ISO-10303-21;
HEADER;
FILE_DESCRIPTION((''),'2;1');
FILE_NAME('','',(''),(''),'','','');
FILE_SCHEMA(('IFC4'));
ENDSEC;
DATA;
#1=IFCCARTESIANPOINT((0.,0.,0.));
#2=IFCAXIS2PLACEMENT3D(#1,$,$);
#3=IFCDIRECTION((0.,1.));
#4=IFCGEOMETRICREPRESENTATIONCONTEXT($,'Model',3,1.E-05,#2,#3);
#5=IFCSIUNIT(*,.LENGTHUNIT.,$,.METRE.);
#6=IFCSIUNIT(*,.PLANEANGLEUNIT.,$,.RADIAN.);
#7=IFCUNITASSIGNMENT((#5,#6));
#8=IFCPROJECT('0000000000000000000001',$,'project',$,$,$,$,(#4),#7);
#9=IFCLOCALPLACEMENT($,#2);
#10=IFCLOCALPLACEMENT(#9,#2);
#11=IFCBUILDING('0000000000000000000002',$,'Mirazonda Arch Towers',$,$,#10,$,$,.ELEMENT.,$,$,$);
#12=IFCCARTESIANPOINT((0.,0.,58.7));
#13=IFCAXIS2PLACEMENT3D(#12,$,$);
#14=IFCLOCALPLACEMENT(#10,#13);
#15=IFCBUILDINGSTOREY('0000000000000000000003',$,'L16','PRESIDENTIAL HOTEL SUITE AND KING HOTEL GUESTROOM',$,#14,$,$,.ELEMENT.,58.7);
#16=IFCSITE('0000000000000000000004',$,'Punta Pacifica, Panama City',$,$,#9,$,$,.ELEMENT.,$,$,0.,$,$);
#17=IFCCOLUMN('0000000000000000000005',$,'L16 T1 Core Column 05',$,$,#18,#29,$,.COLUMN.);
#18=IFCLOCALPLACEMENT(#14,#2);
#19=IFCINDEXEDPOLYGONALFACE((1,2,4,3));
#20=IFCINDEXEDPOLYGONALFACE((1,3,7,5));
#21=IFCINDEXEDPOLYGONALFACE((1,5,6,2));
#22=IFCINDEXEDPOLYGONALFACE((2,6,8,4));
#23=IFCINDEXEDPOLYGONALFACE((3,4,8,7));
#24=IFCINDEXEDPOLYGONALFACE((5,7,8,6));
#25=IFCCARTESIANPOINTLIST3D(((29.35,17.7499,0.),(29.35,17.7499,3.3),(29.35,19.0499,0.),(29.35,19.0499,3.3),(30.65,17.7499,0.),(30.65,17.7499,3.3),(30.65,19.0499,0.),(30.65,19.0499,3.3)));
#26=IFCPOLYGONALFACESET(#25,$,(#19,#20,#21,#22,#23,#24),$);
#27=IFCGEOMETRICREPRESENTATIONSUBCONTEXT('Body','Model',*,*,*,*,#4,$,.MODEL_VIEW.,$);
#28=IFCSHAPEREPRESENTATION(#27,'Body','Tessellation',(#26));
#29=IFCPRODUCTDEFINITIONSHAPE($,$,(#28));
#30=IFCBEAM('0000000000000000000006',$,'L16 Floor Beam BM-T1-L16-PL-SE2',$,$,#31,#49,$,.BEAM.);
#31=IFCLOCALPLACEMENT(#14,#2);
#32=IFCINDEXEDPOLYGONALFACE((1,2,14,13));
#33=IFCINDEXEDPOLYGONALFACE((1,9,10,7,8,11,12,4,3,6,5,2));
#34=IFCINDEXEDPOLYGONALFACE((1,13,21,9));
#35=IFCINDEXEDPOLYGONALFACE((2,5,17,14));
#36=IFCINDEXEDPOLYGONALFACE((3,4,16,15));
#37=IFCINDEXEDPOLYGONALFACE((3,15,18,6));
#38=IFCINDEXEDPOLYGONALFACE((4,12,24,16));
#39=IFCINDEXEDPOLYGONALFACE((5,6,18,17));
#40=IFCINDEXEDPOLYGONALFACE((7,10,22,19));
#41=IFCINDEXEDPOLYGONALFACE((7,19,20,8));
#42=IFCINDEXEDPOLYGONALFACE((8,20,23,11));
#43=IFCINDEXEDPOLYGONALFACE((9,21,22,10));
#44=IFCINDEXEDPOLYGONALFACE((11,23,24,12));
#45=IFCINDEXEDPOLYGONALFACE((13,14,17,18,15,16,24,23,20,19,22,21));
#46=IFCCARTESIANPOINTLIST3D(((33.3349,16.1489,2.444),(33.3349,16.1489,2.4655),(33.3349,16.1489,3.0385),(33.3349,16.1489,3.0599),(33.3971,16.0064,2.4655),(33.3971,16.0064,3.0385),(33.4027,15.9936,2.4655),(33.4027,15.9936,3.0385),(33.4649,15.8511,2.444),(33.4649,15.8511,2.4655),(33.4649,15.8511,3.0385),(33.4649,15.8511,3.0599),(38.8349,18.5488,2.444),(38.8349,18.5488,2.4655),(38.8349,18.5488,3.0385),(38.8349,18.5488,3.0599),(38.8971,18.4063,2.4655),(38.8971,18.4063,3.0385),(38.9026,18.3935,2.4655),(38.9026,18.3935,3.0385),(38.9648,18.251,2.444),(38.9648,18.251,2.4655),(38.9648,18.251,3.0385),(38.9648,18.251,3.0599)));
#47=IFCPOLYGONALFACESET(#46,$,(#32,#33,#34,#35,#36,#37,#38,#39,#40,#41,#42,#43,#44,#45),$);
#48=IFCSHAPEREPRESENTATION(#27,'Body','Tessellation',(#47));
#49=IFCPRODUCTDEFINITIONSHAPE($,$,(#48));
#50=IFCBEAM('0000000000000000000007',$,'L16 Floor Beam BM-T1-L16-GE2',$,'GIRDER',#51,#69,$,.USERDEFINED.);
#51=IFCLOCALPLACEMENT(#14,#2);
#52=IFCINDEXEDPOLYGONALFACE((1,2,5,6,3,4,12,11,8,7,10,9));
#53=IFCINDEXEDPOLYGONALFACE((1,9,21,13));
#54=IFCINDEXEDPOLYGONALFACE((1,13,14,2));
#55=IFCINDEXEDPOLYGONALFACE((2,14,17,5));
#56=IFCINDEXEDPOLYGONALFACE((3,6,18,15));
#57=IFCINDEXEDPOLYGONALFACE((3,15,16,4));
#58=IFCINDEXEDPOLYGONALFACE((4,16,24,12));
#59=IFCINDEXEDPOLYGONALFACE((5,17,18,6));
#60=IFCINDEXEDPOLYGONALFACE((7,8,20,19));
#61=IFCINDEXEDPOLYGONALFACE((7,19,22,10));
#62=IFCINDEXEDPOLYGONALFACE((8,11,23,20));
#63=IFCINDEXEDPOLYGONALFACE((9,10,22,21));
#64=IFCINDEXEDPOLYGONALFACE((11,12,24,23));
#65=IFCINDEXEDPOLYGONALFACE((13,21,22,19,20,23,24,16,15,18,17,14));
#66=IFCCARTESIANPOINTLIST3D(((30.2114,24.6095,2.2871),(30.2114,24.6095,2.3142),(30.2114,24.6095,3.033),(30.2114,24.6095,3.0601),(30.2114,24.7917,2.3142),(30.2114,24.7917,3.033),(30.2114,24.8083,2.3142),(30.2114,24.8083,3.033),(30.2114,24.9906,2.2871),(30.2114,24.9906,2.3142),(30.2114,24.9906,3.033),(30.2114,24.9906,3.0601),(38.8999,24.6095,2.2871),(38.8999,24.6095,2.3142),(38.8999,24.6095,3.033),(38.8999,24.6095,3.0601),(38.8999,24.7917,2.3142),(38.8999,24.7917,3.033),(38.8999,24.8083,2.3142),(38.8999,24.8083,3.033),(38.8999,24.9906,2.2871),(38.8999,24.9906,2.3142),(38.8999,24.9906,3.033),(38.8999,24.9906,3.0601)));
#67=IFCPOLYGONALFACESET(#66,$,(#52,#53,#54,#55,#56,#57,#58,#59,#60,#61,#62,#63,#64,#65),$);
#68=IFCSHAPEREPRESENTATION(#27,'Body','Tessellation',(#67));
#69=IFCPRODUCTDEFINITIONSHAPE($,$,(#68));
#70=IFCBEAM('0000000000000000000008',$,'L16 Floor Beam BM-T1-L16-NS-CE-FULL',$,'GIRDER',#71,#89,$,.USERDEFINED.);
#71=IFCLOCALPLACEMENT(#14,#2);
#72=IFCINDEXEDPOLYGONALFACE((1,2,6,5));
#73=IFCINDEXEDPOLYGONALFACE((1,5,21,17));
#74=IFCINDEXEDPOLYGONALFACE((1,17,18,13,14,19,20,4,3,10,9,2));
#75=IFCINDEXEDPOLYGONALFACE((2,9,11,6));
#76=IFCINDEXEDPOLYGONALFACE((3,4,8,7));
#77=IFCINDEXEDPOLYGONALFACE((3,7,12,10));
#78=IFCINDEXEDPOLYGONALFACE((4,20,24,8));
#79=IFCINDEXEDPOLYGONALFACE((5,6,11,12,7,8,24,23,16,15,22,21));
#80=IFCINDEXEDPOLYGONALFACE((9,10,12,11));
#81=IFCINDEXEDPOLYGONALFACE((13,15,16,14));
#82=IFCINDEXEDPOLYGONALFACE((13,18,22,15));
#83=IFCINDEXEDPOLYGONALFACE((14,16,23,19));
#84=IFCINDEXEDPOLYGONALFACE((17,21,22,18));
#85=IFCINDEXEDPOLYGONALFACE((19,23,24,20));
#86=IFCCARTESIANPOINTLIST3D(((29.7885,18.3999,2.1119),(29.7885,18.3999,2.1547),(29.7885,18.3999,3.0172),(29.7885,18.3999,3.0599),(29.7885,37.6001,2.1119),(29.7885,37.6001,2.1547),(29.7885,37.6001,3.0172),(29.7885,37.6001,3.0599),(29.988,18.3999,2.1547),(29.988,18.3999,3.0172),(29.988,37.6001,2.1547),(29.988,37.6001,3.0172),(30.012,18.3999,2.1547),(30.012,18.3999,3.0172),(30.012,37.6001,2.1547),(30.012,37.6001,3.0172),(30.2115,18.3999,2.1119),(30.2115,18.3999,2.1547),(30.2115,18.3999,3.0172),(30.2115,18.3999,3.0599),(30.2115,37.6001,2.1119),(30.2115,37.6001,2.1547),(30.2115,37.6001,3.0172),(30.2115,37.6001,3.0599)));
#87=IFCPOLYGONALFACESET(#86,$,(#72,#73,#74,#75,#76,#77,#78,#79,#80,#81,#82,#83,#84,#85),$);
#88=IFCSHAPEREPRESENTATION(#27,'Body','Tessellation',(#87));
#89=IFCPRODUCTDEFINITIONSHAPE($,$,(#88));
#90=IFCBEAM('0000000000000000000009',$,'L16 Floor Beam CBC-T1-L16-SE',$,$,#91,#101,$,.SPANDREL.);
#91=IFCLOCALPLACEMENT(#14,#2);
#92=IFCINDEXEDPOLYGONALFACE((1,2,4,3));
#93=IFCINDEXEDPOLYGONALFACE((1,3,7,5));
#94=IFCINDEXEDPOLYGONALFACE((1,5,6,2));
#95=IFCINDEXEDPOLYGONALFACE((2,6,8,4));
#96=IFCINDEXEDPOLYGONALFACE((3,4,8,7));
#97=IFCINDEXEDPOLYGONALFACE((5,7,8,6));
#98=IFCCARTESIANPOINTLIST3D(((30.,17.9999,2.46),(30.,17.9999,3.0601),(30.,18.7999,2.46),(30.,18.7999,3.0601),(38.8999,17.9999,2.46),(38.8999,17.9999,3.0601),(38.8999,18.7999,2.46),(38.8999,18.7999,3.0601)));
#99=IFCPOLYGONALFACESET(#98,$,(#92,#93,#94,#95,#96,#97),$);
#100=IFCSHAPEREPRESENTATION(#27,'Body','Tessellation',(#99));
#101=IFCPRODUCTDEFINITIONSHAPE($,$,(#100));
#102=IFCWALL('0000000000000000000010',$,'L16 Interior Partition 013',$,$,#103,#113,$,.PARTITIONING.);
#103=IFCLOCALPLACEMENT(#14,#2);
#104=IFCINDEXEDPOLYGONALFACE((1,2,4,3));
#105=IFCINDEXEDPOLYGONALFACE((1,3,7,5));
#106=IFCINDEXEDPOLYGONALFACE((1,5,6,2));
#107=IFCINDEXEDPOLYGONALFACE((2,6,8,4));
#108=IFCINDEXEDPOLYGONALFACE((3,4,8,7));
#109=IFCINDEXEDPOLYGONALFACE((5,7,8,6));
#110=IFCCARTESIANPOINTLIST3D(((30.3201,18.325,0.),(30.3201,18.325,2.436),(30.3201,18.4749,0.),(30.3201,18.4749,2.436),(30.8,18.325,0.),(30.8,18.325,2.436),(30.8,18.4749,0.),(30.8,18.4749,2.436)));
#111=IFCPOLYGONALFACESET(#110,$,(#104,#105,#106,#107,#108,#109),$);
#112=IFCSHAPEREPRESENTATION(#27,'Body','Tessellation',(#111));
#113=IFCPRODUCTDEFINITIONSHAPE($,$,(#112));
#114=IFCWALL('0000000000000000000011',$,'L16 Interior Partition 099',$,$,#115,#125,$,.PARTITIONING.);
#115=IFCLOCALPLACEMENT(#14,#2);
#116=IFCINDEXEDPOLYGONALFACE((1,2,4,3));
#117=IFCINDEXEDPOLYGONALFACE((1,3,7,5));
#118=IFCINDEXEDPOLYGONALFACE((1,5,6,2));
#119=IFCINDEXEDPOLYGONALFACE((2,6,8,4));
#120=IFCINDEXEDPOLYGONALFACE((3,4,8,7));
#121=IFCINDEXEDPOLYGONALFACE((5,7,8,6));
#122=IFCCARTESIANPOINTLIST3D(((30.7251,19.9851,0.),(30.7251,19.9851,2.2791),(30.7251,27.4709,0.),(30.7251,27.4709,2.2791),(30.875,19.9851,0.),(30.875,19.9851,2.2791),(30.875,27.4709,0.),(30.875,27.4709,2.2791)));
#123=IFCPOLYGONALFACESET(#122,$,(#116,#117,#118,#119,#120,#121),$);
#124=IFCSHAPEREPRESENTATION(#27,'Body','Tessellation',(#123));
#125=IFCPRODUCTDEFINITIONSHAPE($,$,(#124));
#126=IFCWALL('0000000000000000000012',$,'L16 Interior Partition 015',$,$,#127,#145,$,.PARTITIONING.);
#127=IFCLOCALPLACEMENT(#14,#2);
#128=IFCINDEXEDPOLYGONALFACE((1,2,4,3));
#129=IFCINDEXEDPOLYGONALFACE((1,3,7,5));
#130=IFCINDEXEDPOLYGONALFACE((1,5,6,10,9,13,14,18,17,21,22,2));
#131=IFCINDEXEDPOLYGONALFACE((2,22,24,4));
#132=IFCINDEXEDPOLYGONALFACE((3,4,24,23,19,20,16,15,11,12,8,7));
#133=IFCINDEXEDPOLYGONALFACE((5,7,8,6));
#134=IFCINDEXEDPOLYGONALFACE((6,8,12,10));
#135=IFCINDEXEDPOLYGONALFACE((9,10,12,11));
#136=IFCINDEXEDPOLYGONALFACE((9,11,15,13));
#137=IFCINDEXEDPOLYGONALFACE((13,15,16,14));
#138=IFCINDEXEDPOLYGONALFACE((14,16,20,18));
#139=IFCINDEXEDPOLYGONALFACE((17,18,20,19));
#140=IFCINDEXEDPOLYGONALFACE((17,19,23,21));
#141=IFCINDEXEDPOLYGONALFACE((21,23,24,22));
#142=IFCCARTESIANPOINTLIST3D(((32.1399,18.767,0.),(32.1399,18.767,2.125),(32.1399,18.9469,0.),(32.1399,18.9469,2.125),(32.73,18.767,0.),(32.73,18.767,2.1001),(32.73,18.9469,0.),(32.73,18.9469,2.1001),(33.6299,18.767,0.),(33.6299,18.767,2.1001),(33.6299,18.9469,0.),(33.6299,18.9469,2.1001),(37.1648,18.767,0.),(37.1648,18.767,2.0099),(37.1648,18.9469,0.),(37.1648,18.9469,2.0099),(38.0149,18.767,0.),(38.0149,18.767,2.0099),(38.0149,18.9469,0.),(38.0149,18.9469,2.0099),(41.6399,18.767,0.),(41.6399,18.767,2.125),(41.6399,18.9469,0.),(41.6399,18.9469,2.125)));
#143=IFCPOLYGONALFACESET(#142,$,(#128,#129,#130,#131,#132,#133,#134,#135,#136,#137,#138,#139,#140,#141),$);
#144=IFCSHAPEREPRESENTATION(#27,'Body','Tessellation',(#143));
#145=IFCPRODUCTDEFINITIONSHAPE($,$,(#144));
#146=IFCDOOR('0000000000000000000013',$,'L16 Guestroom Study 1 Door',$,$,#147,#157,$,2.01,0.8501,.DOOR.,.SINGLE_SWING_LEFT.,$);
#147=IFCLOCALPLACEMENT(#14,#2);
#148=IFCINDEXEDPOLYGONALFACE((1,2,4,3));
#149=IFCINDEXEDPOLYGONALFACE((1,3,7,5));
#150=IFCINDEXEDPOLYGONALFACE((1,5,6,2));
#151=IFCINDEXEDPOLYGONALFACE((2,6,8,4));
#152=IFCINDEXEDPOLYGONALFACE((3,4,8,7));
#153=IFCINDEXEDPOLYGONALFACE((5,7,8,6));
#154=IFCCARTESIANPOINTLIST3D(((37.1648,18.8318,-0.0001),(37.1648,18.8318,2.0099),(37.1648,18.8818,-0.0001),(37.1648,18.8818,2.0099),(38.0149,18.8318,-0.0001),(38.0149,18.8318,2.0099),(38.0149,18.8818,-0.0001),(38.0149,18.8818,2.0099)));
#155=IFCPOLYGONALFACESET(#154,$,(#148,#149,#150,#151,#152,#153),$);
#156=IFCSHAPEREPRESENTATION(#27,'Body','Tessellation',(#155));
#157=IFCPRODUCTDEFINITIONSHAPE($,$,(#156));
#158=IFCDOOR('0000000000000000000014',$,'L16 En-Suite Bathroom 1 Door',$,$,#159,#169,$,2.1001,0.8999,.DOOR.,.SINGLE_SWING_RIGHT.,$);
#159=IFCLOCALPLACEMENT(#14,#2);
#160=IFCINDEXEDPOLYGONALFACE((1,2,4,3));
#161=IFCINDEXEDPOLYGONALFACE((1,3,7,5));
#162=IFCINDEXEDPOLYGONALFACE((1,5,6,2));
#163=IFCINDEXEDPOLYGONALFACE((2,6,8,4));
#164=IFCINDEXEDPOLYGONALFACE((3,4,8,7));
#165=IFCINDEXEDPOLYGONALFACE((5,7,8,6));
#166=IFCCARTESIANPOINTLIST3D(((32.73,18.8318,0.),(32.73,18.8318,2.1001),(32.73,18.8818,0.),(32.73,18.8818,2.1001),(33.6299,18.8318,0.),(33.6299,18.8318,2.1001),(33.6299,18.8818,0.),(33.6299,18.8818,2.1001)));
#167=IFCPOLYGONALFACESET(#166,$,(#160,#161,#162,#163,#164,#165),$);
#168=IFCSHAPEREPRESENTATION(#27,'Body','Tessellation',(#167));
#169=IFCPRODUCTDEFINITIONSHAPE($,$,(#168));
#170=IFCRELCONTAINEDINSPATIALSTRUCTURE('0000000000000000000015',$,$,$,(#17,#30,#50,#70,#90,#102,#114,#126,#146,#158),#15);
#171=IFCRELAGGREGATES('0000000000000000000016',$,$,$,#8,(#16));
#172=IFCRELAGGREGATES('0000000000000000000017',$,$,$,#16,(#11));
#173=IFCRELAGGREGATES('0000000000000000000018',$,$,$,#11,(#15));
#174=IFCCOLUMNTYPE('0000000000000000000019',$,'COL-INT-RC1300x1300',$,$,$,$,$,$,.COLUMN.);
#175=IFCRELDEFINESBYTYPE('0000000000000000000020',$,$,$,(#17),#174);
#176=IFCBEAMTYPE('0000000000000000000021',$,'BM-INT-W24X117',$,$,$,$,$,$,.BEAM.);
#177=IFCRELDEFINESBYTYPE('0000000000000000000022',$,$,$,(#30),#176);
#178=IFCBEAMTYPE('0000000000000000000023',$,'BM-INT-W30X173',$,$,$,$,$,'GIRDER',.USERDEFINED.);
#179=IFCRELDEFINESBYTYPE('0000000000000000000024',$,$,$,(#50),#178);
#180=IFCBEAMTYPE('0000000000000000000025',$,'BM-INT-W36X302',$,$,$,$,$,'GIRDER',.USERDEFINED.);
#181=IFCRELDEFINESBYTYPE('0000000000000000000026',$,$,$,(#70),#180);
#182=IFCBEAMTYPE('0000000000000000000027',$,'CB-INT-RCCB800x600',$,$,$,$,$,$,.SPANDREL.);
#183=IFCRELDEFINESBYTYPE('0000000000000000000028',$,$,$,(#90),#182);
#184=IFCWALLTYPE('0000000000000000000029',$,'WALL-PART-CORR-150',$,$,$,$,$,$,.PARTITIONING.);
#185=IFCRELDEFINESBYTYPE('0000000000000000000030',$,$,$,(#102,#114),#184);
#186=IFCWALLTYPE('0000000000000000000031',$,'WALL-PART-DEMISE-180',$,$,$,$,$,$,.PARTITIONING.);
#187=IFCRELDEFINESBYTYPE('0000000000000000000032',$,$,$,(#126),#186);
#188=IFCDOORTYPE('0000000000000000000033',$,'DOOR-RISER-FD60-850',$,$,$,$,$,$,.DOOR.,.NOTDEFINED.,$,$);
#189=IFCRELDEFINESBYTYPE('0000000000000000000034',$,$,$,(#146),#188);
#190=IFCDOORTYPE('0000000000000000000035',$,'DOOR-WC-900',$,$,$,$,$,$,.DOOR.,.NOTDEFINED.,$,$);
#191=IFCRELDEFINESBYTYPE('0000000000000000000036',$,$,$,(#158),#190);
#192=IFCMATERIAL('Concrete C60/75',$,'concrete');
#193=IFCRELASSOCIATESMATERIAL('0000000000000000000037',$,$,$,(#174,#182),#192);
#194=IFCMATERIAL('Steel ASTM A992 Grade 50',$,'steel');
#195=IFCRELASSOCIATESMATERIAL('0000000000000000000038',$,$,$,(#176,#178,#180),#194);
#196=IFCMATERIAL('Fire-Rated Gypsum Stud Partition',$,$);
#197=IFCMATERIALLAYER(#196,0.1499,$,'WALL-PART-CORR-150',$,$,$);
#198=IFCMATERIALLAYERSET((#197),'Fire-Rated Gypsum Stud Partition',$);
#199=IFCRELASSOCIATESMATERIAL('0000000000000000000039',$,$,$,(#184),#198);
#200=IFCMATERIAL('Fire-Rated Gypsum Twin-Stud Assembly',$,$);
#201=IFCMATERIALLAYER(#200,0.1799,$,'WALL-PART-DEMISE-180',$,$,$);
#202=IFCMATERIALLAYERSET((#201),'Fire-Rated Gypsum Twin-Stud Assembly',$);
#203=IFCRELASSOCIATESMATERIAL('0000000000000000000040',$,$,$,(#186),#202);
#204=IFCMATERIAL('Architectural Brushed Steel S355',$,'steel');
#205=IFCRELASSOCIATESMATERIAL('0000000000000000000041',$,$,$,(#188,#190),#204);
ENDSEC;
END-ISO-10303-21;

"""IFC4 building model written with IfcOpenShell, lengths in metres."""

from ifc_helpers import new_model, si_unit, direction, frame, frame_2d, origin, origin_2d, place, context, subcontext, project, spatial, rectangle, i_section, extrude, material, layer, layer_set, material_profile, profile_set, type_object, element, fill, save


model = new_model("IFC4")

# Units and contexts
model_context = context("Model", 3, precision=1e-05, world=origin(), true_north=direction((0.0, 1.0)))
body_context = subcontext(model_context, "Body", "Model", "MODEL_VIEW")
ifc_project = project(units=[si_unit("LENGTHUNIT", "METRE"), si_unit("PLANEANGLEUNIT", "RADIAN")], contexts=[model_context])

# Site, building, storey
site_placement = place(None, origin())
site = spatial("IfcSite", under=ifc_project, at=site_placement, Name="Punta Pacifica, Panama City", CompositionType="ELEMENT", RefElevation=0.0)
building_placement = place(site_placement, origin())
building = spatial("IfcBuilding", under=site, at=building_placement, Name="Mirazonda Arch Towers", CompositionType="ELEMENT")
storey_placement = place(building_placement, frame((0.0, 0.0, 58.7)))
storey = spatial("IfcBuildingStorey", under=building, at=storey_placement, Name="L16", Description="PRESIDENTIAL HOTEL SUITE AND KING HOTEL GUESTROOM", CompositionType="ELEMENT", Elevation=58.7)

# Column
ifc_material_1 = material(Name="Concrete C60/75", Category="concrete")
ifc_material_profile_1 = material_profile(ifc_material_1, rectangle(XDim=1.3, YDim=1.3, at=origin_2d()), Name="RC1300x1300")
ifc_profile_set_1 = profile_set([ifc_material_profile_1], Name="Concrete C60/75")
column_type = type_object("IfcColumnType", Name="COL-INT-RC1300x1300", PredefinedType="COLUMN", material=ifc_profile_set_1)
column_placement = place(storey_placement, frame((30.0, 18.3999, 0.0), z_axis=(0.0, 0.0, 1.0), x_axis=(1.0, 0.0, 0.0)))
element("IfcColumn", 1, at=column_placement, inside=storey, type_object=column_type, Name="L16 T1 Core Column 05", PredefinedType="COLUMN", context=body_context, shape_type="SweptSolid", body=[
    extrude(rectangle(XDim=1.3, YDim=1.3, at=origin_2d()), origin(), (0.0, 0.0, 1.0), 3.3),
])

# Beams
ifc_material_2 = material(Name="Steel ASTM A992 Grade 50", Category="steel")
ifc_material_profile_2 = material_profile(ifc_material_2, i_section(OverallWidth=0.325, OverallDepth=0.616, WebThickness=0.0139, FlangeThickness=0.0215, at=origin_2d()), Name="W24X117")
ifc_profile_set_2 = profile_set([ifc_material_profile_2], Name="Steel ASTM A992 Grade 50")
beam_type_1 = type_object("IfcBeamType", Name="BM-INT-W24X117", PredefinedType="BEAM", material=ifc_profile_set_2)
beam_1_placement = place(storey_placement, frame((33.3999, 16.0, 2.752), z_axis=(0.916545, 0.399931, 0.0), x_axis=(-0.399931, 0.916545, 0.0)))
element("IfcBeam", 2, at=beam_1_placement, inside=storey, type_object=beam_type_1, Name="L16 Floor Beam BM-T1-L16-PL-SE2", PredefinedType="BEAM", context=body_context, shape_type="SweptSolid", body=[
    extrude(i_section(OverallWidth=0.325, OverallDepth=0.616, WebThickness=0.0139, FlangeThickness=0.0215, at=origin_2d()), origin(), (0.0, 0.0, 1.0), 6.0007),
])
ifc_material_profile_3 = material_profile(ifc_material_2, i_section(OverallWidth=0.3811, OverallDepth=0.7729, WebThickness=0.0166, FlangeThickness=0.0271, at=origin_2d()), Name="W30X173")
ifc_profile_set_3 = profile_set([ifc_material_profile_3], Name="Steel ASTM A992 Grade 50")
beam_type_2 = type_object("IfcBeamType", Name="BM-INT-W30X173", ElementType="GIRDER", PredefinedType="USERDEFINED", material=ifc_profile_set_3)
beam_2_placement = place(storey_placement, frame((30.2114, 24.8, 2.6736), z_axis=(1.0, 0.0, 0.0), x_axis=(0.0, 1.0, 0.0)))
element("IfcBeam", 3, at=beam_2_placement, inside=storey, type_object=beam_type_2, Name="L16 Floor Beam BM-T1-L16-GE2", ObjectType="GIRDER", PredefinedType="USERDEFINED", context=body_context, shape_type="SweptSolid", body=[
    extrude(i_section(OverallWidth=0.3811, OverallDepth=0.7729, WebThickness=0.0166, FlangeThickness=0.0271, at=origin_2d()), origin(), (0.0, 0.0, 1.0), 8.6885),
])
ifc_material_profile_4 = material_profile(ifc_material_2, i_section(OverallWidth=0.4231, OverallDepth=0.948, WebThickness=0.0239, FlangeThickness=0.0427, at=origin_2d()), Name="W36X302")
ifc_profile_set_4 = profile_set([ifc_material_profile_4], Name="Steel ASTM A992 Grade 50")
beam_type_3 = type_object("IfcBeamType", Name="BM-INT-W36X302", ElementType="GIRDER", PredefinedType="USERDEFINED", material=ifc_profile_set_4)
beam_3_placement = place(storey_placement, frame((30.0, 18.3999, 2.5859), z_axis=(0.0, 1.0, 0.0), x_axis=(-1.0, 0.0, 0.0)))
element("IfcBeam", 4, at=beam_3_placement, inside=storey, type_object=beam_type_3, Name="L16 Floor Beam BM-T1-L16-NS-CE-FULL", ObjectType="GIRDER", PredefinedType="USERDEFINED", context=body_context, shape_type="SweptSolid", body=[
    extrude(i_section(OverallWidth=0.4231, OverallDepth=0.948, WebThickness=0.0239, FlangeThickness=0.0427, at=origin_2d()), origin(), (0.0, 0.0, 1.0), 19.2002),
])
ifc_material_profile_5 = material_profile(ifc_material_1, rectangle(XDim=0.8, YDim=0.6001, at=origin_2d()), Name="RCCB800x600")
ifc_profile_set_5 = profile_set([ifc_material_profile_5], Name="Concrete C60/75")
beam_type_4 = type_object("IfcBeamType", Name="CB-INT-RCCB800x600", PredefinedType="SPANDREL", material=ifc_profile_set_5)
beam_4_placement = place(storey_placement, frame((30.0, 18.3999, 2.76), z_axis=(1.0, 0.0, 0.0), x_axis=(0.0, 1.0, 0.0)))
element("IfcBeam", 5, at=beam_4_placement, inside=storey, type_object=beam_type_4, Name="L16 Floor Beam CBC-T1-L16-SE", PredefinedType="SPANDREL", context=body_context, shape_type="SweptSolid", body=[
    extrude(rectangle(XDim=0.8, YDim=0.6001, at=origin_2d()), origin(), (0.0, 0.0, 1.0), 8.8999),
])

# Walls
ifc_material_3 = material(Name="Fire-Rated Gypsum Stud Partition")
ifc_layer_1 = layer(ifc_material_3, 0.1499, Name="WALL-PART-CORR-150")
ifc_layer_set_1 = layer_set([ifc_layer_1], Name="Fire-Rated Gypsum Stud Partition")
wall_type_1 = type_object("IfcWallType", Name="WALL-PART-CORR-150", PredefinedType="PARTITIONING", material=ifc_layer_set_1)
wall_1_placement = place(storey_placement, frame((30.3201, 18.3999, 0.0), z_axis=(0.0, 0.0, 1.0), x_axis=(1.0, 0.0, 0.0)))
element("IfcWall", 6, at=wall_1_placement, inside=storey, type_object=wall_type_1, Name="L16 Interior Partition 013", PredefinedType="PARTITIONING", context=body_context, shape_type="SweptSolid", body=[
    extrude(rectangle(XDim=0.48, YDim=0.1499, at=frame_2d((0.24, 0.0))), origin(), (0.0, 0.0, 1.0), 2.436),
])
wall_2_placement = place(storey_placement, frame((30.8, 19.9851, 0.0), z_axis=(0.0, 0.0, 1.0), x_axis=(0.0, 1.0, 0.0)))
element("IfcWall", 7, at=wall_2_placement, inside=storey, type_object=wall_type_1, Name="L16 Interior Partition 099", PredefinedType="PARTITIONING", context=body_context, shape_type="SweptSolid", body=[
    extrude(rectangle(XDim=7.4858, YDim=0.1499, at=frame_2d((3.7429, 0.0))), origin(), (0.0, 0.0, 1.0), 2.2791),
])

# Wall, openings, doors
ifc_material_4 = material(Name="Fire-Rated Gypsum Twin-Stud Assembly")
ifc_layer_2 = layer(ifc_material_4, 0.1799, Name="WALL-PART-DEMISE-180")
ifc_layer_set_2 = layer_set([ifc_layer_2], Name="Fire-Rated Gypsum Twin-Stud Assembly")
wall_type_2 = type_object("IfcWallType", Name="WALL-PART-DEMISE-180", PredefinedType="PARTITIONING", material=ifc_layer_set_2)
wall_3_placement = place(storey_placement, frame((32.1399, 18.8569, 0.0), z_axis=(0.0, 0.0, 1.0), x_axis=(1.0, 0.0, 0.0)))
wall_3 = element("IfcWall", 8, at=wall_3_placement, inside=storey, type_object=wall_type_2, Name="L16 Interior Partition 015", PredefinedType="PARTITIONING", context=body_context, shape_type="SweptSolid", body=[
    extrude(rectangle(XDim=9.5, YDim=0.1799, at=frame_2d((4.75, 0.0))), origin(), (0.0, 0.0, 1.0), 2.125),
])
opening_1_placement = place(wall_3_placement, frame((5.0249, 0.0, 0.0)))
opening_1 = element("IfcOpeningElement", 9, at=opening_1_placement, cuts=wall_3, PredefinedType="OPENING", context=body_context, shape_type="SweptSolid", body=[
    extrude(rectangle(XDim=0.8501, YDim=2.01, at=frame_2d((0.425, 1.0049))), frame((0.0, 0.0999, 0.0), z_axis=(0.0, -1.0, 0.0), x_axis=(1.0, 0.0, 0.0)), (0.0, 0.0, 1.0), 0.2),
])
opening_2_placement = place(wall_3_placement, frame((0.5901, 0.0, 0.0)))
opening_2 = element("IfcOpeningElement", 10, at=opening_2_placement, cuts=wall_3, PredefinedType="OPENING", context=body_context, shape_type="SweptSolid", body=[
    extrude(rectangle(XDim=0.8999, YDim=2.1001, at=frame_2d((0.45, 1.05))), frame((0.0, 0.0999, 0.0), z_axis=(0.0, -1.0, 0.0), x_axis=(1.0, 0.0, 0.0)), (0.0, 0.0, 1.0), 0.2),
])
ifc_material_5 = material(Name="Architectural Brushed Steel S355", Category="steel")
door_type_1 = type_object("IfcDoorType", Name="DOOR-RISER-FD60-850", OperationType="NOTDEFINED", PredefinedType="DOOR", material=ifc_material_5)
door_1_placement = place(opening_1_placement, origin())
door_1 = element("IfcDoor", 11, at=door_1_placement, inside=storey, type_object=door_type_1, Name="L16 Guestroom Study 1 Door", OperationType="SINGLE_SWING_LEFT", OverallHeight=2.01, OverallWidth=0.8501, PredefinedType="DOOR", context=body_context, shape_type="SweptSolid", body=[
    extrude(rectangle(XDim=0.8501, YDim=2.01, at=frame_2d((0.425, 1.0049))), frame((0.0, 0.0249, 0.0), z_axis=(0.0, -1.0, 0.0), x_axis=(1.0, 0.0, 0.0)), (0.0, 0.0, 1.0), 0.05),
])
fill(opening_1, door_1)
door_type_2 = type_object("IfcDoorType", Name="DOOR-WC-900", OperationType="NOTDEFINED", PredefinedType="DOOR", material=ifc_material_5)
door_2_placement = place(opening_2_placement, origin())
door_2 = element("IfcDoor", 12, at=door_2_placement, inside=storey, type_object=door_type_2, Name="L16 En-Suite Bathroom 1 Door", OperationType="SINGLE_SWING_RIGHT", OverallHeight=2.1001, OverallWidth=0.8999, PredefinedType="DOOR", context=body_context, shape_type="SweptSolid", body=[
    extrude(rectangle(XDim=0.8999, YDim=2.1001, at=frame_2d((0.45, 1.05))), frame((0.0, 0.0249, 0.0), z_axis=(0.0, -1.0, 0.0), x_axis=(1.0, 0.0, 0.0)), (0.0, 0.0, 1.0), 0.05),
])
fill(opening_2, door_2)

save(model, "model.ifc")
